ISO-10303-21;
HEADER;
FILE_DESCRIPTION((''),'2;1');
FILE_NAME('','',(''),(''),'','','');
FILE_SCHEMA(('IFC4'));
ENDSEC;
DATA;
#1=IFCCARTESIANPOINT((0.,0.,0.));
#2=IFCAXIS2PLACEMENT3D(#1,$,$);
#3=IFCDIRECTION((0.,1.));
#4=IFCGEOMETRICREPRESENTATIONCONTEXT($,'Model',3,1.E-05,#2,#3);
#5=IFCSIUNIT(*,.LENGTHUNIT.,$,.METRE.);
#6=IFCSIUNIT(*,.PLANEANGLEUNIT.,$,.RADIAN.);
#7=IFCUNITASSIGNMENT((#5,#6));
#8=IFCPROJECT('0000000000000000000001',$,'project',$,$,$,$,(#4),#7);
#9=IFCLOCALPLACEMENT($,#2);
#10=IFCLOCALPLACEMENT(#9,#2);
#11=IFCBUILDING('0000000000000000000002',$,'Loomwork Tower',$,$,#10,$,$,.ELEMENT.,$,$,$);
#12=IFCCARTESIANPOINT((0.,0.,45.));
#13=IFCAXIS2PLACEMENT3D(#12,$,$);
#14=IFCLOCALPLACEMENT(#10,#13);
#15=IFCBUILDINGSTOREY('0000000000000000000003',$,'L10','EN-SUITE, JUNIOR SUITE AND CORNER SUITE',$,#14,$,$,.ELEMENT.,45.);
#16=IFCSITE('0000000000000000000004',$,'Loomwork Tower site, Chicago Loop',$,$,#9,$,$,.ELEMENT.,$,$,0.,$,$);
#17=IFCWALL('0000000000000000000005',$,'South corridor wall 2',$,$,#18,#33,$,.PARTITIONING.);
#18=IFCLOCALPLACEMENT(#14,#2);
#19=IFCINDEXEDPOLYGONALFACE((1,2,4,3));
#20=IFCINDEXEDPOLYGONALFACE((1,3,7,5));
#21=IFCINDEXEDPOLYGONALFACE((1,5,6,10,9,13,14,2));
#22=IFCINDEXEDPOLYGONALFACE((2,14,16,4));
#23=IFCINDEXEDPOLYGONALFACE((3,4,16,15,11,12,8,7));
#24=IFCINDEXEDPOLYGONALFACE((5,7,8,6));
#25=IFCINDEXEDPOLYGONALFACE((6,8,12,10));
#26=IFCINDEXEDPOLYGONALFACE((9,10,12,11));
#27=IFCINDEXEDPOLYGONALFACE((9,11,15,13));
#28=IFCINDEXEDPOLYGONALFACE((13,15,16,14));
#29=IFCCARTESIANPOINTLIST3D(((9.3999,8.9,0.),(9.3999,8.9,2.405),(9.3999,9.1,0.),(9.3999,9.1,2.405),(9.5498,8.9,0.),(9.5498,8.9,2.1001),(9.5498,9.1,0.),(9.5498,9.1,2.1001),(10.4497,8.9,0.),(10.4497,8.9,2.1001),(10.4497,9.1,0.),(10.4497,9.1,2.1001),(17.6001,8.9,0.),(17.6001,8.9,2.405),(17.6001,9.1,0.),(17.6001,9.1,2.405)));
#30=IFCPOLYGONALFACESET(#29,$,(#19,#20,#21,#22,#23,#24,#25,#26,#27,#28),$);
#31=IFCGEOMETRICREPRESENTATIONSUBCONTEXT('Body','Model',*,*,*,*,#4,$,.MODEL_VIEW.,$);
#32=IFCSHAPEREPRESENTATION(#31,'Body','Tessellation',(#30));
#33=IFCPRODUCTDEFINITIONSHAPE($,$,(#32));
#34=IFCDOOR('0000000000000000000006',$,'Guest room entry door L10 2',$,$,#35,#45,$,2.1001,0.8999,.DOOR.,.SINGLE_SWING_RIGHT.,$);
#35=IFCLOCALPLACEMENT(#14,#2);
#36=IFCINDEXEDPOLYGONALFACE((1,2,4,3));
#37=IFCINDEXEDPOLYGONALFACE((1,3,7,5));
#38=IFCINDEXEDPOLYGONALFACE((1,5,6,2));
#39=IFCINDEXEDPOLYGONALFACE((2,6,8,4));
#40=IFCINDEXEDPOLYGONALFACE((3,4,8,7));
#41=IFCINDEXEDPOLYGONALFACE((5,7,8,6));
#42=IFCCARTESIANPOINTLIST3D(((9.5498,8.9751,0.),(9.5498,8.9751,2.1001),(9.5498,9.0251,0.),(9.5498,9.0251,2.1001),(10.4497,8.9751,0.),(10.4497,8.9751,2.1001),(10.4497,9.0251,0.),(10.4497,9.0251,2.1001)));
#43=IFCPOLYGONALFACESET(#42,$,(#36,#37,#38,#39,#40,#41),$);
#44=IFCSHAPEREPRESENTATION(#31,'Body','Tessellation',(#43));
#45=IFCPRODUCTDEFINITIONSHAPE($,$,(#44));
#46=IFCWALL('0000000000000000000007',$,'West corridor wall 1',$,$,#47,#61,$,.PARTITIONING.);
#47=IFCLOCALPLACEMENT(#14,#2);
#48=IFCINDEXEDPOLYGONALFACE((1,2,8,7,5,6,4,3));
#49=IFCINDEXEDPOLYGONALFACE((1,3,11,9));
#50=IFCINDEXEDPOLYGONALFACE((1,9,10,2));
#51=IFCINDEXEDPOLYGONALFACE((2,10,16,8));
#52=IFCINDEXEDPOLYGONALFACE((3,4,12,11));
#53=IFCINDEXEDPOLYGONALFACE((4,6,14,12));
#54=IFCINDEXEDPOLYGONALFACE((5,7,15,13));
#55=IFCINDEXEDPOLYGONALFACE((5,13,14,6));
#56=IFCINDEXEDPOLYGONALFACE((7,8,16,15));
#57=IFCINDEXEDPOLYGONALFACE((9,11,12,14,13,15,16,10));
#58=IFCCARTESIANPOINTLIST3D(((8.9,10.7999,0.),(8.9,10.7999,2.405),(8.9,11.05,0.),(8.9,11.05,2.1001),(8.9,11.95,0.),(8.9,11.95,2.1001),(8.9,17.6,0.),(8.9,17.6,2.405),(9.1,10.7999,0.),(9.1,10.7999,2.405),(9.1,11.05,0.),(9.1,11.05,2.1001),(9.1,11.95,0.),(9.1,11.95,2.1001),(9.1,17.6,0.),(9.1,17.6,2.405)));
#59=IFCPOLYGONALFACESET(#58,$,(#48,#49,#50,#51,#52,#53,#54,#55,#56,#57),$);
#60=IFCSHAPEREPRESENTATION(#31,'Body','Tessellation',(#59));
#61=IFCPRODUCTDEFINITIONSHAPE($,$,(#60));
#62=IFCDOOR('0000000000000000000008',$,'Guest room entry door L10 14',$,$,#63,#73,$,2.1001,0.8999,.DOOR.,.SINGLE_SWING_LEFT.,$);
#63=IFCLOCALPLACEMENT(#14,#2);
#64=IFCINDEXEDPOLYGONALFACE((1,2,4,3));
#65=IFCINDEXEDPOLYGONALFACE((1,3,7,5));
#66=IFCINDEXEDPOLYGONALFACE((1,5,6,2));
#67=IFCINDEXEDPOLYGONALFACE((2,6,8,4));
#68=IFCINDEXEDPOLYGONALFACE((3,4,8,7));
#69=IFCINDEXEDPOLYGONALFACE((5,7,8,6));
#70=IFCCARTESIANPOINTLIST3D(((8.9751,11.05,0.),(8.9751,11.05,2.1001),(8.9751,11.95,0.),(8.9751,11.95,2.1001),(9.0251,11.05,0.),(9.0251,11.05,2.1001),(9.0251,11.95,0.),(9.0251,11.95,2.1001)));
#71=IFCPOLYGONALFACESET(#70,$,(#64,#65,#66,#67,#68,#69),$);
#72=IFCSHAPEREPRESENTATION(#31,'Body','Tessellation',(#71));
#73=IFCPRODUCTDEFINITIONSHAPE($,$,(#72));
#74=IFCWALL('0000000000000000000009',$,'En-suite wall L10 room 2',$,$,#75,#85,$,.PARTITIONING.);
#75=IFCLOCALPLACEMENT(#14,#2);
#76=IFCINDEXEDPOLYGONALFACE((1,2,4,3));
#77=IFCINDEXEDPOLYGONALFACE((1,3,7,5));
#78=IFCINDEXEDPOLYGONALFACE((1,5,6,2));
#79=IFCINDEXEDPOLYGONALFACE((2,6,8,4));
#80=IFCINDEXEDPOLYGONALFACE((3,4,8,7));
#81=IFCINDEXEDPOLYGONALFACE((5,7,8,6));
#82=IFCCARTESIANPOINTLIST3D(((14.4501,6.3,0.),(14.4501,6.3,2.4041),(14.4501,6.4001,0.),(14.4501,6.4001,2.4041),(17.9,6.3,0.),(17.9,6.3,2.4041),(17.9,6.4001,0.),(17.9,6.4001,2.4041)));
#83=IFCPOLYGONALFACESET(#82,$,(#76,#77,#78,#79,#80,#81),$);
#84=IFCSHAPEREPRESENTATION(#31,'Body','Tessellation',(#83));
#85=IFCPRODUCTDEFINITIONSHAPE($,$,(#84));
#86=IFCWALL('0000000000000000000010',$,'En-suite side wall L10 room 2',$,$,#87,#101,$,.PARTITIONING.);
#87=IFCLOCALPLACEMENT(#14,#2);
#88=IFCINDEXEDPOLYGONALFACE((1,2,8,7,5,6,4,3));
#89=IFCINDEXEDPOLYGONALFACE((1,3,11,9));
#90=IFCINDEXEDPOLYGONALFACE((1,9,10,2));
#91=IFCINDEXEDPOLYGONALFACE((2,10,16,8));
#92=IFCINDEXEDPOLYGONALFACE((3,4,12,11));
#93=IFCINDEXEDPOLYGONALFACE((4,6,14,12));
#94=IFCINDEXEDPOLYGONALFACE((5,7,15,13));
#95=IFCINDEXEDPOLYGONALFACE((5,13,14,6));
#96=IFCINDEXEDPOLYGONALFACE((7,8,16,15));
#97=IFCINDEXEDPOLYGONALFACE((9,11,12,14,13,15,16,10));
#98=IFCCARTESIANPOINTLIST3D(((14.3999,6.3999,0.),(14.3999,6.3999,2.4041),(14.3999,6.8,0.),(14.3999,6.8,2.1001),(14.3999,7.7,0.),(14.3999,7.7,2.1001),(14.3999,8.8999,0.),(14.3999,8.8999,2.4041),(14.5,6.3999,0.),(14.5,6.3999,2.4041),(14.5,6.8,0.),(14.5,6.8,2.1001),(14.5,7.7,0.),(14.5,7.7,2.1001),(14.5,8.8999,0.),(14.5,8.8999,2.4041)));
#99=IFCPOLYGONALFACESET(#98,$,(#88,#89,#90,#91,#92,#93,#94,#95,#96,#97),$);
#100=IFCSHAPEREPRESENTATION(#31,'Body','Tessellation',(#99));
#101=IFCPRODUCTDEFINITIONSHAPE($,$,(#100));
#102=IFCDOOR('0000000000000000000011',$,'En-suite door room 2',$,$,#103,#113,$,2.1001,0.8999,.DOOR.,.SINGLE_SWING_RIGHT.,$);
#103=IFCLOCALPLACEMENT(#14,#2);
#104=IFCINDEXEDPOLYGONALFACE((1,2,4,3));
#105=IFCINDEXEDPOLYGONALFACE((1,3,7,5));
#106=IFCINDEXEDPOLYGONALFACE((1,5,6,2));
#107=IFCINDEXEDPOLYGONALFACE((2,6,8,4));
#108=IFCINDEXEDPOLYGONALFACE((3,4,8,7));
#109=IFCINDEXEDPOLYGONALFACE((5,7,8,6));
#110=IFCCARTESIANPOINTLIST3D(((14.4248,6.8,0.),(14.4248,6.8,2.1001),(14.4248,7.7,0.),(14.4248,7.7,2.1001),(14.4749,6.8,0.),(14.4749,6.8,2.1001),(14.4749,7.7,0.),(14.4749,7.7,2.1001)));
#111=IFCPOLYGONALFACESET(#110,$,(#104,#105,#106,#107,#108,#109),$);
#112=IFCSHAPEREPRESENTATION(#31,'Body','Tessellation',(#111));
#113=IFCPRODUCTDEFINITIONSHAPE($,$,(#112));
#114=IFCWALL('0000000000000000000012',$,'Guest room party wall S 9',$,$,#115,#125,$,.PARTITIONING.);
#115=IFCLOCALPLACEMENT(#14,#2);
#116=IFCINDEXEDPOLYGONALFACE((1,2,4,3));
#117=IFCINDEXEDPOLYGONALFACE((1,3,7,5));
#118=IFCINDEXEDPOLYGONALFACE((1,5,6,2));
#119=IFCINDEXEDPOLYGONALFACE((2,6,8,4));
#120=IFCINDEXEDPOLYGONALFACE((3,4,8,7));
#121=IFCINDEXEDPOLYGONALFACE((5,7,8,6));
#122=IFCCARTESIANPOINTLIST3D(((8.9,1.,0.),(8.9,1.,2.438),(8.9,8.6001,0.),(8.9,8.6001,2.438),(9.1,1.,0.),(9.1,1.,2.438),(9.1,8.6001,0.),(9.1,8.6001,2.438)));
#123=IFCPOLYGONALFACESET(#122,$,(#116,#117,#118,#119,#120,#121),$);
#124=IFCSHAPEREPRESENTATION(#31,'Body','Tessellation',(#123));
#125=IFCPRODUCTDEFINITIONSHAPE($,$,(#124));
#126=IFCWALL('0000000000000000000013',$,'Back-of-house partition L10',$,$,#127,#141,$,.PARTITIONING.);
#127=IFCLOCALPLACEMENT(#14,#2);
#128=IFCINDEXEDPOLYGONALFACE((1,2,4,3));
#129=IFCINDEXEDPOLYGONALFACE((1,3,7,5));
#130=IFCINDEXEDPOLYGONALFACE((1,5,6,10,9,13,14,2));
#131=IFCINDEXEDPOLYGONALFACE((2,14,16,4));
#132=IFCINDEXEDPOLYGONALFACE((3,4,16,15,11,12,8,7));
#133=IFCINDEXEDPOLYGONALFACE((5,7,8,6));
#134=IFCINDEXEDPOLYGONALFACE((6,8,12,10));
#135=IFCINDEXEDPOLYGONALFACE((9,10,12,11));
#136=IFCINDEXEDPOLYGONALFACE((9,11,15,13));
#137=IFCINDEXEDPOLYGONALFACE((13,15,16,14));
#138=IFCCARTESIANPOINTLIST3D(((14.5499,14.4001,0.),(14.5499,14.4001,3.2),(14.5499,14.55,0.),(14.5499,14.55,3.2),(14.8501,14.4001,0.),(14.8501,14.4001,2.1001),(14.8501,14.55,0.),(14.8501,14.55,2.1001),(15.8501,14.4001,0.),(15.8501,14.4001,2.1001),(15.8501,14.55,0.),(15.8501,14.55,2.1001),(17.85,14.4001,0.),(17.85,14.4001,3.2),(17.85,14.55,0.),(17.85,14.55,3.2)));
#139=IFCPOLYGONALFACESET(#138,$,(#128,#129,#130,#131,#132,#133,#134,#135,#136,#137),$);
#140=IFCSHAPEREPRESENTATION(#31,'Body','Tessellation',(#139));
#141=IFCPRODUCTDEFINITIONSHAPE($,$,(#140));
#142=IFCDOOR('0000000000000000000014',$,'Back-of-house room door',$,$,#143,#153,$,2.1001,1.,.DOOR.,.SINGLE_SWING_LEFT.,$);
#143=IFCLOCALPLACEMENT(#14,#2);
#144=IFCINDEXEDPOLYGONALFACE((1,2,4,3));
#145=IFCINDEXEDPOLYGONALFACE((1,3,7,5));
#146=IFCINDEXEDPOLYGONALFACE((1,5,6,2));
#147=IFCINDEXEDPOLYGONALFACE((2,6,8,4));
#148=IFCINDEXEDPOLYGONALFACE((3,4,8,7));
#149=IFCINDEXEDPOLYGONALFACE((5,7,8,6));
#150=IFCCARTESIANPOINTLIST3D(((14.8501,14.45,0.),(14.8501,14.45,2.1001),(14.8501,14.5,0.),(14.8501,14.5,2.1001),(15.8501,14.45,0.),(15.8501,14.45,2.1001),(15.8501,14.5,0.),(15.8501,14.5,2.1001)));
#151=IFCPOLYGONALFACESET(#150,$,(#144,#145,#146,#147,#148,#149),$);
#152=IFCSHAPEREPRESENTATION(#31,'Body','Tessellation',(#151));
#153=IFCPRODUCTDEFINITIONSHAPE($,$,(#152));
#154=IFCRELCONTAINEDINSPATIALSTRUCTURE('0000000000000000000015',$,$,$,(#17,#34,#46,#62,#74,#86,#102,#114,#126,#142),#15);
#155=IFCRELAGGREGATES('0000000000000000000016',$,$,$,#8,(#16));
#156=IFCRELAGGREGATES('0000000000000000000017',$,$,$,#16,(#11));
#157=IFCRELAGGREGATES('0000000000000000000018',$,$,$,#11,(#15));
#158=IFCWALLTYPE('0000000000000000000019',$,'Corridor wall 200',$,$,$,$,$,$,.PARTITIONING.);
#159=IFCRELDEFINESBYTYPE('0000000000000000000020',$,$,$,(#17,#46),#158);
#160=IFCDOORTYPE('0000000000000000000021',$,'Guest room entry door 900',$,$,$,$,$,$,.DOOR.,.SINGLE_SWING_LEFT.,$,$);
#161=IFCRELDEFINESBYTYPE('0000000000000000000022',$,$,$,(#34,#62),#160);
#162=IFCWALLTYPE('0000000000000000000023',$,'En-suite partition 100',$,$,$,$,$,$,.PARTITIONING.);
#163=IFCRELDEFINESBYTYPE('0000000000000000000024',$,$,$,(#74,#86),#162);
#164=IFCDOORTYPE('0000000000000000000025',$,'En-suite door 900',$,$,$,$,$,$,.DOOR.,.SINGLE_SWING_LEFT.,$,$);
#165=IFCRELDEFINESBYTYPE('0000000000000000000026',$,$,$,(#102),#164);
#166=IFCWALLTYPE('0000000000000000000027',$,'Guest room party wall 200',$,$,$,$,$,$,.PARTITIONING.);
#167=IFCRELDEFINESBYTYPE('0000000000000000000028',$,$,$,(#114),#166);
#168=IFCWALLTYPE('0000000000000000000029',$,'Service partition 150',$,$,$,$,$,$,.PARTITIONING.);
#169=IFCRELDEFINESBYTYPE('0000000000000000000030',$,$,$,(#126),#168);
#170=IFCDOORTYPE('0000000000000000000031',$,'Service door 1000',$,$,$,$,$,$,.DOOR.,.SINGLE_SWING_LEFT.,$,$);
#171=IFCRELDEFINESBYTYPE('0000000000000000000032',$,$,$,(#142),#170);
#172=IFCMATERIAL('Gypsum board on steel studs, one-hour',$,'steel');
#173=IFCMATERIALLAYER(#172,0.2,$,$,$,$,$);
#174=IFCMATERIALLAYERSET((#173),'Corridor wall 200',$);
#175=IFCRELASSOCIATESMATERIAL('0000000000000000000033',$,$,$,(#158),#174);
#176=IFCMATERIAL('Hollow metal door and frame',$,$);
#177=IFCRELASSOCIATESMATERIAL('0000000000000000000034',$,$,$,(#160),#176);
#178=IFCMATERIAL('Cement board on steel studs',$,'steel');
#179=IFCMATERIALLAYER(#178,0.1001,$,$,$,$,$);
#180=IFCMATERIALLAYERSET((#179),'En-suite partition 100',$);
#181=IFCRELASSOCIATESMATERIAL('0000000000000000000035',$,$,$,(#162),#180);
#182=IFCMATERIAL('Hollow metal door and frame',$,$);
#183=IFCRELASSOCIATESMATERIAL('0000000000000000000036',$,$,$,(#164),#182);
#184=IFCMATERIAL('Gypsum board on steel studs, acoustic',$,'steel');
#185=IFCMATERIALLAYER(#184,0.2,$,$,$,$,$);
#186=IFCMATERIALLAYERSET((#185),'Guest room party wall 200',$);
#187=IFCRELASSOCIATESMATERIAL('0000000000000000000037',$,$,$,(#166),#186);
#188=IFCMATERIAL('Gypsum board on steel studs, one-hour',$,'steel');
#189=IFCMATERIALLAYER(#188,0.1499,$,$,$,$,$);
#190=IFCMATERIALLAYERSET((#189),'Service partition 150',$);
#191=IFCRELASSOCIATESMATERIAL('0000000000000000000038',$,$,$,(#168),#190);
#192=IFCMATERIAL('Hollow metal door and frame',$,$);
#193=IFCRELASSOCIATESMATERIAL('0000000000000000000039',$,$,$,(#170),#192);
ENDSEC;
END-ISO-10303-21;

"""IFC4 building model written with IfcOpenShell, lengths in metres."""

from ifc_helpers import new_model, si_unit, direction, frame, frame_2d, origin, place, context, subcontext, project, spatial, rectangle, extrude, material, layer, layer_set, type_object, element, fill, save


model = new_model("IFC4")

# Units and contexts
model_context = context("Model", 3, precision=1e-05, world=origin(), true_north=direction((0.0, 1.0)))
body_context = subcontext(model_context, "Body", "Model", "MODEL_VIEW")
ifc_project = project(units=[si_unit("LENGTHUNIT", "METRE"), si_unit("PLANEANGLEUNIT", "RADIAN")], contexts=[model_context])

# Site, building, storey
site_placement = place(None, origin())
site = spatial("IfcSite", under=ifc_project, at=site_placement, Name="Loomwork Tower site, Chicago Loop", CompositionType="ELEMENT", RefElevation=0.0)
building_placement = place(site_placement, origin())
building = spatial("IfcBuilding", under=site, at=building_placement, Name="Loomwork Tower", CompositionType="ELEMENT")
storey_placement = place(building_placement, frame((0.0, 0.0, 45.0)))
storey = spatial("IfcBuildingStorey", under=building, at=storey_placement, Name="L10", Description="EN-SUITE, JUNIOR SUITE AND CORNER SUITE", CompositionType="ELEMENT", Elevation=45.0)

# Walls, openings, doors
ifc_material_1 = material(Name="Gypsum board on steel studs, one-hour", Category="steel")
ifc_layer_1 = layer(ifc_material_1, 0.2)
ifc_layer_set_1 = layer_set([ifc_layer_1], Name="Corridor wall 200")
wall_type_1 = type_object("IfcWallType", Name="Corridor wall 200", PredefinedType="PARTITIONING", material=ifc_layer_set_1)
wall_1_placement = place(storey_placement, frame((9.3999, 9.0, 0.0), z_axis=(0.0, 0.0, 1.0), x_axis=(1.0, 0.0, 0.0)))
wall_1 = element("IfcWall", 1, at=wall_1_placement, inside=storey, type_object=wall_type_1, Name="South corridor wall 2", PredefinedType="PARTITIONING", context=body_context, shape_type="SweptSolid", body=[
    extrude(rectangle(XDim=8.2002, YDim=0.2, at=frame_2d((4.1001, 0.0))), origin(), (0.0, 0.0, 1.0), 2.405),
])
opening_1_placement = place(wall_1_placement, frame((0.1499, 0.0, 0.0)))
opening_1 = element("IfcOpeningElement", 2, at=opening_1_placement, cuts=wall_1, PredefinedType="OPENING", context=body_context, shape_type="SweptSolid", body=[
    extrude(rectangle(XDim=0.8999, YDim=2.1001, at=frame_2d((0.45, 1.05))), frame((0.0, 0.1099, 0.0), z_axis=(0.0, -1.0, 0.0), x_axis=(1.0, 0.0, 0.0)), (0.0, 0.0, 1.0), 0.22),
])
ifc_material_2 = material(Name="Hollow metal door and frame")
door_type_1 = type_object("IfcDoorType", Name="Guest room entry door 900", OperationType="SINGLE_SWING_LEFT", PredefinedType="DOOR", material=ifc_material_2)
door_1_placement = place(opening_1_placement, frame((0.8999, 0.0, 0.0), z_axis=(0.0, 0.0, 1.0), x_axis=(-1.0, 0.0, 0.0)))
door_1 = element("IfcDoor", 3, at=door_1_placement, inside=storey, type_object=door_type_1, Name="Guest room entry door L10 2", OperationType="SINGLE_SWING_RIGHT", OverallHeight=2.1001, OverallWidth=0.8999, PredefinedType="DOOR", context=body_context, shape_type="SweptSolid", body=[
    extrude(rectangle(XDim=0.8999, YDim=2.1001, at=frame_2d((0.45, 1.05))), frame((0.0, 0.0249, 0.0), z_axis=(0.0, -1.0, 0.0), x_axis=(1.0, 0.0, 0.0)), (0.0, 0.0, 1.0), 0.05),
])
fill(opening_1, door_1)
wall_2_placement = place(storey_placement, frame((9.0, 10.8, 0.0), z_axis=(0.0, 0.0, 1.0), x_axis=(0.0, 1.0, 0.0)))
wall_2 = element("IfcWall", 4, at=wall_2_placement, inside=storey, type_object=wall_type_1, Name="West corridor wall 1", PredefinedType="PARTITIONING", context=body_context, shape_type="SweptSolid", body=[
    extrude(rectangle(XDim=6.8, YDim=0.2, at=frame_2d((3.3999, 0.0))), origin(), (0.0, 0.0, 1.0), 2.405),
])
opening_2_placement = place(wall_2_placement, frame((0.25, 0.0, 0.0)))
opening_2 = element("IfcOpeningElement", 5, at=opening_2_placement, cuts=wall_2, PredefinedType="OPENING", context=body_context, shape_type="SweptSolid", body=[
    extrude(rectangle(XDim=0.8999, YDim=2.1001, at=frame_2d((0.45, 1.05))), frame((0.0, 0.1099, 0.0), z_axis=(0.0, -1.0, 0.0), x_axis=(1.0, 0.0, 0.0)), (0.0, 0.0, 1.0), 0.22),
])
door_2_placement = place(opening_2_placement, origin())
door_2 = element("IfcDoor", 6, at=door_2_placement, inside=storey, type_object=door_type_1, Name="Guest room entry door L10 14", OperationType="SINGLE_SWING_LEFT", OverallHeight=2.1001, OverallWidth=0.8999, PredefinedType="DOOR", context=body_context, shape_type="SweptSolid", body=[
    extrude(rectangle(XDim=0.8999, YDim=2.1001, at=frame_2d((0.45, 1.05))), frame((0.0, 0.0249, 0.0), z_axis=(0.0, -1.0, 0.0), x_axis=(1.0, 0.0, 0.0)), (0.0, 0.0, 1.0), 0.05),
])
fill(opening_2, door_2)

# Wall
ifc_material_3 = material(Name="Cement board on steel studs", Category="steel")
ifc_layer_2 = layer(ifc_material_3, 0.1001)
ifc_layer_set_2 = layer_set([ifc_layer_2], Name="En-suite partition 100")
wall_type_2 = type_object("IfcWallType", Name="En-suite partition 100", PredefinedType="PARTITIONING", material=ifc_layer_set_2)
wall_3_placement = place(storey_placement, frame((14.45, 6.3501, 0.0), z_axis=(0.0, 0.0, 1.0), x_axis=(1.0, 0.0, 0.0)))
element("IfcWall", 7, at=wall_3_placement, inside=storey, type_object=wall_type_2, Name="En-suite wall L10 room 2", PredefinedType="PARTITIONING", context=body_context, shape_type="SweptSolid", body=[
    extrude(rectangle(XDim=3.45, YDim=0.1001, at=frame_2d((1.7251, 0.0))), origin(), (0.0, 0.0, 1.0), 2.4041),
])

# Wall, opening, door
wall_4_placement = place(storey_placement, frame((14.45, 8.8999, 0.0), z_axis=(0.0, 0.0, 1.0), x_axis=(0.0, -1.0, 0.0)))
wall_4 = element("IfcWall", 8, at=wall_4_placement, inside=storey, type_object=wall_type_2, Name="En-suite side wall L10 room 2", PredefinedType="PARTITIONING", context=body_context, shape_type="SweptSolid", body=[
    extrude(rectangle(XDim=2.5, YDim=0.1001, at=frame_2d((1.25, 0.0))), origin(), (0.0, 0.0, 1.0), 2.4041),
])
opening_3_placement = place(wall_4_placement, frame((1.2, 0.0, 0.0)))
opening_3 = element("IfcOpeningElement", 9, at=opening_3_placement, cuts=wall_4, PredefinedType="OPENING", context=body_context, shape_type="SweptSolid", body=[
    extrude(rectangle(XDim=0.8999, YDim=2.1001, at=frame_2d((0.45, 1.05))), frame((0.0, 0.0601, 0.0), z_axis=(0.0, -1.0, 0.0), x_axis=(1.0, 0.0, 0.0)), (0.0, 0.0, 1.0), 0.1201),
])
ifc_material_4 = material(Name="Hollow metal door and frame")
door_type_2 = type_object("IfcDoorType", Name="En-suite door 900", OperationType="SINGLE_SWING_LEFT", PredefinedType="DOOR", material=ifc_material_4)
door_3_placement = place(opening_3_placement, origin())
door_3 = element("IfcDoor", 10, at=door_3_placement, inside=storey, type_object=door_type_2, Name="En-suite door room 2", OperationType="SINGLE_SWING_RIGHT", OverallHeight=2.1001, OverallWidth=0.8999, PredefinedType="DOOR", context=body_context, shape_type="SweptSolid", body=[
    extrude(rectangle(XDim=0.8999, YDim=2.1001, at=frame_2d((0.45, 1.05))), frame((0.0, 0.0249, 0.0), z_axis=(0.0, -1.0, 0.0), x_axis=(1.0, 0.0, 0.0)), (0.0, 0.0, 1.0), 0.05),
])
fill(opening_3, door_3)

# Wall
ifc_material_5 = material(Name="Gypsum board on steel studs, acoustic", Category="steel")
ifc_layer_3 = layer(ifc_material_5, 0.2)
ifc_layer_set_3 = layer_set([ifc_layer_3], Name="Guest room party wall 200")
wall_type_3 = type_object("IfcWallType", Name="Guest room party wall 200", PredefinedType="PARTITIONING", material=ifc_layer_set_3)
wall_5_placement = place(storey_placement, frame((9.0, 8.6001, 0.0), z_axis=(0.0, 0.0, 1.0), x_axis=(0.0, -1.0, 0.0)))
element("IfcWall", 11, at=wall_5_placement, inside=storey, type_object=wall_type_3, Name="Guest room party wall S 9", PredefinedType="PARTITIONING", context=body_context, shape_type="SweptSolid", body=[
    extrude(rectangle(XDim=7.6001, YDim=0.2, at=frame_2d((3.8, 0.0))), origin(), (0.0, 0.0, 1.0), 2.438),
])

# Wall, opening, door
ifc_material_6 = material(Name="Gypsum board on steel studs, one-hour", Category="steel")
ifc_layer_4 = layer(ifc_material_6, 0.1499)
ifc_layer_set_4 = layer_set([ifc_layer_4], Name="Service partition 150")
wall_type_4 = type_object("IfcWallType", Name="Service partition 150", PredefinedType="PARTITIONING", material=ifc_layer_set_4)
wall_6_placement = place(storey_placement, frame((14.55, 14.4751, 0.0), z_axis=(0.0, 0.0, 1.0), x_axis=(1.0, 0.0, 0.0)))
wall_6 = element("IfcWall", 12, at=wall_6_placement, inside=storey, type_object=wall_type_4, Name="Back-of-house partition L10", PredefinedType="PARTITIONING", context=body_context, shape_type="SweptSolid", body=[
    extrude(rectangle(XDim=3.3, YDim=0.1499, at=frame_2d((1.6499, 0.0))), origin(), (0.0, 0.0, 1.0), 3.2),
])
opening_4_placement = place(wall_6_placement, frame((0.3, 0.0, 0.0)))
opening_4 = element("IfcOpeningElement", 13, at=opening_4_placement, cuts=wall_6, PredefinedType="OPENING", context=body_context, shape_type="SweptSolid", body=[
    extrude(rectangle(XDim=1.0, YDim=2.1001, at=frame_2d((0.5, 1.05))), frame((0.0, 0.085, 0.0), z_axis=(0.0, -1.0, 0.0), x_axis=(1.0, 0.0, 0.0)), (0.0, 0.0, 1.0), 0.1699),
])
ifc_material_7 = material(Name="Hollow metal door and frame")
door_type_3 = type_object("IfcDoorType", Name="Service door 1000", OperationType="SINGLE_SWING_LEFT", PredefinedType="DOOR", material=ifc_material_7)
door_4_placement = place(opening_4_placement, origin())
door_4 = element("IfcDoor", 14, at=door_4_placement, inside=storey, type_object=door_type_3, Name="Back-of-house room door", OperationType="SINGLE_SWING_LEFT", OverallHeight=2.1001, OverallWidth=1.0, PredefinedType="DOOR", context=body_context, shape_type="SweptSolid", body=[
    extrude(rectangle(XDim=1.0, YDim=2.1001, at=frame_2d((0.5, 1.05))), frame((0.0, 0.0249, 0.0), z_axis=(0.0, -1.0, 0.0), x_axis=(1.0, 0.0, 0.0)), (0.0, 0.0, 1.0), 0.05),
])
fill(opening_4, door_4)

save(model, "model.ifc")
